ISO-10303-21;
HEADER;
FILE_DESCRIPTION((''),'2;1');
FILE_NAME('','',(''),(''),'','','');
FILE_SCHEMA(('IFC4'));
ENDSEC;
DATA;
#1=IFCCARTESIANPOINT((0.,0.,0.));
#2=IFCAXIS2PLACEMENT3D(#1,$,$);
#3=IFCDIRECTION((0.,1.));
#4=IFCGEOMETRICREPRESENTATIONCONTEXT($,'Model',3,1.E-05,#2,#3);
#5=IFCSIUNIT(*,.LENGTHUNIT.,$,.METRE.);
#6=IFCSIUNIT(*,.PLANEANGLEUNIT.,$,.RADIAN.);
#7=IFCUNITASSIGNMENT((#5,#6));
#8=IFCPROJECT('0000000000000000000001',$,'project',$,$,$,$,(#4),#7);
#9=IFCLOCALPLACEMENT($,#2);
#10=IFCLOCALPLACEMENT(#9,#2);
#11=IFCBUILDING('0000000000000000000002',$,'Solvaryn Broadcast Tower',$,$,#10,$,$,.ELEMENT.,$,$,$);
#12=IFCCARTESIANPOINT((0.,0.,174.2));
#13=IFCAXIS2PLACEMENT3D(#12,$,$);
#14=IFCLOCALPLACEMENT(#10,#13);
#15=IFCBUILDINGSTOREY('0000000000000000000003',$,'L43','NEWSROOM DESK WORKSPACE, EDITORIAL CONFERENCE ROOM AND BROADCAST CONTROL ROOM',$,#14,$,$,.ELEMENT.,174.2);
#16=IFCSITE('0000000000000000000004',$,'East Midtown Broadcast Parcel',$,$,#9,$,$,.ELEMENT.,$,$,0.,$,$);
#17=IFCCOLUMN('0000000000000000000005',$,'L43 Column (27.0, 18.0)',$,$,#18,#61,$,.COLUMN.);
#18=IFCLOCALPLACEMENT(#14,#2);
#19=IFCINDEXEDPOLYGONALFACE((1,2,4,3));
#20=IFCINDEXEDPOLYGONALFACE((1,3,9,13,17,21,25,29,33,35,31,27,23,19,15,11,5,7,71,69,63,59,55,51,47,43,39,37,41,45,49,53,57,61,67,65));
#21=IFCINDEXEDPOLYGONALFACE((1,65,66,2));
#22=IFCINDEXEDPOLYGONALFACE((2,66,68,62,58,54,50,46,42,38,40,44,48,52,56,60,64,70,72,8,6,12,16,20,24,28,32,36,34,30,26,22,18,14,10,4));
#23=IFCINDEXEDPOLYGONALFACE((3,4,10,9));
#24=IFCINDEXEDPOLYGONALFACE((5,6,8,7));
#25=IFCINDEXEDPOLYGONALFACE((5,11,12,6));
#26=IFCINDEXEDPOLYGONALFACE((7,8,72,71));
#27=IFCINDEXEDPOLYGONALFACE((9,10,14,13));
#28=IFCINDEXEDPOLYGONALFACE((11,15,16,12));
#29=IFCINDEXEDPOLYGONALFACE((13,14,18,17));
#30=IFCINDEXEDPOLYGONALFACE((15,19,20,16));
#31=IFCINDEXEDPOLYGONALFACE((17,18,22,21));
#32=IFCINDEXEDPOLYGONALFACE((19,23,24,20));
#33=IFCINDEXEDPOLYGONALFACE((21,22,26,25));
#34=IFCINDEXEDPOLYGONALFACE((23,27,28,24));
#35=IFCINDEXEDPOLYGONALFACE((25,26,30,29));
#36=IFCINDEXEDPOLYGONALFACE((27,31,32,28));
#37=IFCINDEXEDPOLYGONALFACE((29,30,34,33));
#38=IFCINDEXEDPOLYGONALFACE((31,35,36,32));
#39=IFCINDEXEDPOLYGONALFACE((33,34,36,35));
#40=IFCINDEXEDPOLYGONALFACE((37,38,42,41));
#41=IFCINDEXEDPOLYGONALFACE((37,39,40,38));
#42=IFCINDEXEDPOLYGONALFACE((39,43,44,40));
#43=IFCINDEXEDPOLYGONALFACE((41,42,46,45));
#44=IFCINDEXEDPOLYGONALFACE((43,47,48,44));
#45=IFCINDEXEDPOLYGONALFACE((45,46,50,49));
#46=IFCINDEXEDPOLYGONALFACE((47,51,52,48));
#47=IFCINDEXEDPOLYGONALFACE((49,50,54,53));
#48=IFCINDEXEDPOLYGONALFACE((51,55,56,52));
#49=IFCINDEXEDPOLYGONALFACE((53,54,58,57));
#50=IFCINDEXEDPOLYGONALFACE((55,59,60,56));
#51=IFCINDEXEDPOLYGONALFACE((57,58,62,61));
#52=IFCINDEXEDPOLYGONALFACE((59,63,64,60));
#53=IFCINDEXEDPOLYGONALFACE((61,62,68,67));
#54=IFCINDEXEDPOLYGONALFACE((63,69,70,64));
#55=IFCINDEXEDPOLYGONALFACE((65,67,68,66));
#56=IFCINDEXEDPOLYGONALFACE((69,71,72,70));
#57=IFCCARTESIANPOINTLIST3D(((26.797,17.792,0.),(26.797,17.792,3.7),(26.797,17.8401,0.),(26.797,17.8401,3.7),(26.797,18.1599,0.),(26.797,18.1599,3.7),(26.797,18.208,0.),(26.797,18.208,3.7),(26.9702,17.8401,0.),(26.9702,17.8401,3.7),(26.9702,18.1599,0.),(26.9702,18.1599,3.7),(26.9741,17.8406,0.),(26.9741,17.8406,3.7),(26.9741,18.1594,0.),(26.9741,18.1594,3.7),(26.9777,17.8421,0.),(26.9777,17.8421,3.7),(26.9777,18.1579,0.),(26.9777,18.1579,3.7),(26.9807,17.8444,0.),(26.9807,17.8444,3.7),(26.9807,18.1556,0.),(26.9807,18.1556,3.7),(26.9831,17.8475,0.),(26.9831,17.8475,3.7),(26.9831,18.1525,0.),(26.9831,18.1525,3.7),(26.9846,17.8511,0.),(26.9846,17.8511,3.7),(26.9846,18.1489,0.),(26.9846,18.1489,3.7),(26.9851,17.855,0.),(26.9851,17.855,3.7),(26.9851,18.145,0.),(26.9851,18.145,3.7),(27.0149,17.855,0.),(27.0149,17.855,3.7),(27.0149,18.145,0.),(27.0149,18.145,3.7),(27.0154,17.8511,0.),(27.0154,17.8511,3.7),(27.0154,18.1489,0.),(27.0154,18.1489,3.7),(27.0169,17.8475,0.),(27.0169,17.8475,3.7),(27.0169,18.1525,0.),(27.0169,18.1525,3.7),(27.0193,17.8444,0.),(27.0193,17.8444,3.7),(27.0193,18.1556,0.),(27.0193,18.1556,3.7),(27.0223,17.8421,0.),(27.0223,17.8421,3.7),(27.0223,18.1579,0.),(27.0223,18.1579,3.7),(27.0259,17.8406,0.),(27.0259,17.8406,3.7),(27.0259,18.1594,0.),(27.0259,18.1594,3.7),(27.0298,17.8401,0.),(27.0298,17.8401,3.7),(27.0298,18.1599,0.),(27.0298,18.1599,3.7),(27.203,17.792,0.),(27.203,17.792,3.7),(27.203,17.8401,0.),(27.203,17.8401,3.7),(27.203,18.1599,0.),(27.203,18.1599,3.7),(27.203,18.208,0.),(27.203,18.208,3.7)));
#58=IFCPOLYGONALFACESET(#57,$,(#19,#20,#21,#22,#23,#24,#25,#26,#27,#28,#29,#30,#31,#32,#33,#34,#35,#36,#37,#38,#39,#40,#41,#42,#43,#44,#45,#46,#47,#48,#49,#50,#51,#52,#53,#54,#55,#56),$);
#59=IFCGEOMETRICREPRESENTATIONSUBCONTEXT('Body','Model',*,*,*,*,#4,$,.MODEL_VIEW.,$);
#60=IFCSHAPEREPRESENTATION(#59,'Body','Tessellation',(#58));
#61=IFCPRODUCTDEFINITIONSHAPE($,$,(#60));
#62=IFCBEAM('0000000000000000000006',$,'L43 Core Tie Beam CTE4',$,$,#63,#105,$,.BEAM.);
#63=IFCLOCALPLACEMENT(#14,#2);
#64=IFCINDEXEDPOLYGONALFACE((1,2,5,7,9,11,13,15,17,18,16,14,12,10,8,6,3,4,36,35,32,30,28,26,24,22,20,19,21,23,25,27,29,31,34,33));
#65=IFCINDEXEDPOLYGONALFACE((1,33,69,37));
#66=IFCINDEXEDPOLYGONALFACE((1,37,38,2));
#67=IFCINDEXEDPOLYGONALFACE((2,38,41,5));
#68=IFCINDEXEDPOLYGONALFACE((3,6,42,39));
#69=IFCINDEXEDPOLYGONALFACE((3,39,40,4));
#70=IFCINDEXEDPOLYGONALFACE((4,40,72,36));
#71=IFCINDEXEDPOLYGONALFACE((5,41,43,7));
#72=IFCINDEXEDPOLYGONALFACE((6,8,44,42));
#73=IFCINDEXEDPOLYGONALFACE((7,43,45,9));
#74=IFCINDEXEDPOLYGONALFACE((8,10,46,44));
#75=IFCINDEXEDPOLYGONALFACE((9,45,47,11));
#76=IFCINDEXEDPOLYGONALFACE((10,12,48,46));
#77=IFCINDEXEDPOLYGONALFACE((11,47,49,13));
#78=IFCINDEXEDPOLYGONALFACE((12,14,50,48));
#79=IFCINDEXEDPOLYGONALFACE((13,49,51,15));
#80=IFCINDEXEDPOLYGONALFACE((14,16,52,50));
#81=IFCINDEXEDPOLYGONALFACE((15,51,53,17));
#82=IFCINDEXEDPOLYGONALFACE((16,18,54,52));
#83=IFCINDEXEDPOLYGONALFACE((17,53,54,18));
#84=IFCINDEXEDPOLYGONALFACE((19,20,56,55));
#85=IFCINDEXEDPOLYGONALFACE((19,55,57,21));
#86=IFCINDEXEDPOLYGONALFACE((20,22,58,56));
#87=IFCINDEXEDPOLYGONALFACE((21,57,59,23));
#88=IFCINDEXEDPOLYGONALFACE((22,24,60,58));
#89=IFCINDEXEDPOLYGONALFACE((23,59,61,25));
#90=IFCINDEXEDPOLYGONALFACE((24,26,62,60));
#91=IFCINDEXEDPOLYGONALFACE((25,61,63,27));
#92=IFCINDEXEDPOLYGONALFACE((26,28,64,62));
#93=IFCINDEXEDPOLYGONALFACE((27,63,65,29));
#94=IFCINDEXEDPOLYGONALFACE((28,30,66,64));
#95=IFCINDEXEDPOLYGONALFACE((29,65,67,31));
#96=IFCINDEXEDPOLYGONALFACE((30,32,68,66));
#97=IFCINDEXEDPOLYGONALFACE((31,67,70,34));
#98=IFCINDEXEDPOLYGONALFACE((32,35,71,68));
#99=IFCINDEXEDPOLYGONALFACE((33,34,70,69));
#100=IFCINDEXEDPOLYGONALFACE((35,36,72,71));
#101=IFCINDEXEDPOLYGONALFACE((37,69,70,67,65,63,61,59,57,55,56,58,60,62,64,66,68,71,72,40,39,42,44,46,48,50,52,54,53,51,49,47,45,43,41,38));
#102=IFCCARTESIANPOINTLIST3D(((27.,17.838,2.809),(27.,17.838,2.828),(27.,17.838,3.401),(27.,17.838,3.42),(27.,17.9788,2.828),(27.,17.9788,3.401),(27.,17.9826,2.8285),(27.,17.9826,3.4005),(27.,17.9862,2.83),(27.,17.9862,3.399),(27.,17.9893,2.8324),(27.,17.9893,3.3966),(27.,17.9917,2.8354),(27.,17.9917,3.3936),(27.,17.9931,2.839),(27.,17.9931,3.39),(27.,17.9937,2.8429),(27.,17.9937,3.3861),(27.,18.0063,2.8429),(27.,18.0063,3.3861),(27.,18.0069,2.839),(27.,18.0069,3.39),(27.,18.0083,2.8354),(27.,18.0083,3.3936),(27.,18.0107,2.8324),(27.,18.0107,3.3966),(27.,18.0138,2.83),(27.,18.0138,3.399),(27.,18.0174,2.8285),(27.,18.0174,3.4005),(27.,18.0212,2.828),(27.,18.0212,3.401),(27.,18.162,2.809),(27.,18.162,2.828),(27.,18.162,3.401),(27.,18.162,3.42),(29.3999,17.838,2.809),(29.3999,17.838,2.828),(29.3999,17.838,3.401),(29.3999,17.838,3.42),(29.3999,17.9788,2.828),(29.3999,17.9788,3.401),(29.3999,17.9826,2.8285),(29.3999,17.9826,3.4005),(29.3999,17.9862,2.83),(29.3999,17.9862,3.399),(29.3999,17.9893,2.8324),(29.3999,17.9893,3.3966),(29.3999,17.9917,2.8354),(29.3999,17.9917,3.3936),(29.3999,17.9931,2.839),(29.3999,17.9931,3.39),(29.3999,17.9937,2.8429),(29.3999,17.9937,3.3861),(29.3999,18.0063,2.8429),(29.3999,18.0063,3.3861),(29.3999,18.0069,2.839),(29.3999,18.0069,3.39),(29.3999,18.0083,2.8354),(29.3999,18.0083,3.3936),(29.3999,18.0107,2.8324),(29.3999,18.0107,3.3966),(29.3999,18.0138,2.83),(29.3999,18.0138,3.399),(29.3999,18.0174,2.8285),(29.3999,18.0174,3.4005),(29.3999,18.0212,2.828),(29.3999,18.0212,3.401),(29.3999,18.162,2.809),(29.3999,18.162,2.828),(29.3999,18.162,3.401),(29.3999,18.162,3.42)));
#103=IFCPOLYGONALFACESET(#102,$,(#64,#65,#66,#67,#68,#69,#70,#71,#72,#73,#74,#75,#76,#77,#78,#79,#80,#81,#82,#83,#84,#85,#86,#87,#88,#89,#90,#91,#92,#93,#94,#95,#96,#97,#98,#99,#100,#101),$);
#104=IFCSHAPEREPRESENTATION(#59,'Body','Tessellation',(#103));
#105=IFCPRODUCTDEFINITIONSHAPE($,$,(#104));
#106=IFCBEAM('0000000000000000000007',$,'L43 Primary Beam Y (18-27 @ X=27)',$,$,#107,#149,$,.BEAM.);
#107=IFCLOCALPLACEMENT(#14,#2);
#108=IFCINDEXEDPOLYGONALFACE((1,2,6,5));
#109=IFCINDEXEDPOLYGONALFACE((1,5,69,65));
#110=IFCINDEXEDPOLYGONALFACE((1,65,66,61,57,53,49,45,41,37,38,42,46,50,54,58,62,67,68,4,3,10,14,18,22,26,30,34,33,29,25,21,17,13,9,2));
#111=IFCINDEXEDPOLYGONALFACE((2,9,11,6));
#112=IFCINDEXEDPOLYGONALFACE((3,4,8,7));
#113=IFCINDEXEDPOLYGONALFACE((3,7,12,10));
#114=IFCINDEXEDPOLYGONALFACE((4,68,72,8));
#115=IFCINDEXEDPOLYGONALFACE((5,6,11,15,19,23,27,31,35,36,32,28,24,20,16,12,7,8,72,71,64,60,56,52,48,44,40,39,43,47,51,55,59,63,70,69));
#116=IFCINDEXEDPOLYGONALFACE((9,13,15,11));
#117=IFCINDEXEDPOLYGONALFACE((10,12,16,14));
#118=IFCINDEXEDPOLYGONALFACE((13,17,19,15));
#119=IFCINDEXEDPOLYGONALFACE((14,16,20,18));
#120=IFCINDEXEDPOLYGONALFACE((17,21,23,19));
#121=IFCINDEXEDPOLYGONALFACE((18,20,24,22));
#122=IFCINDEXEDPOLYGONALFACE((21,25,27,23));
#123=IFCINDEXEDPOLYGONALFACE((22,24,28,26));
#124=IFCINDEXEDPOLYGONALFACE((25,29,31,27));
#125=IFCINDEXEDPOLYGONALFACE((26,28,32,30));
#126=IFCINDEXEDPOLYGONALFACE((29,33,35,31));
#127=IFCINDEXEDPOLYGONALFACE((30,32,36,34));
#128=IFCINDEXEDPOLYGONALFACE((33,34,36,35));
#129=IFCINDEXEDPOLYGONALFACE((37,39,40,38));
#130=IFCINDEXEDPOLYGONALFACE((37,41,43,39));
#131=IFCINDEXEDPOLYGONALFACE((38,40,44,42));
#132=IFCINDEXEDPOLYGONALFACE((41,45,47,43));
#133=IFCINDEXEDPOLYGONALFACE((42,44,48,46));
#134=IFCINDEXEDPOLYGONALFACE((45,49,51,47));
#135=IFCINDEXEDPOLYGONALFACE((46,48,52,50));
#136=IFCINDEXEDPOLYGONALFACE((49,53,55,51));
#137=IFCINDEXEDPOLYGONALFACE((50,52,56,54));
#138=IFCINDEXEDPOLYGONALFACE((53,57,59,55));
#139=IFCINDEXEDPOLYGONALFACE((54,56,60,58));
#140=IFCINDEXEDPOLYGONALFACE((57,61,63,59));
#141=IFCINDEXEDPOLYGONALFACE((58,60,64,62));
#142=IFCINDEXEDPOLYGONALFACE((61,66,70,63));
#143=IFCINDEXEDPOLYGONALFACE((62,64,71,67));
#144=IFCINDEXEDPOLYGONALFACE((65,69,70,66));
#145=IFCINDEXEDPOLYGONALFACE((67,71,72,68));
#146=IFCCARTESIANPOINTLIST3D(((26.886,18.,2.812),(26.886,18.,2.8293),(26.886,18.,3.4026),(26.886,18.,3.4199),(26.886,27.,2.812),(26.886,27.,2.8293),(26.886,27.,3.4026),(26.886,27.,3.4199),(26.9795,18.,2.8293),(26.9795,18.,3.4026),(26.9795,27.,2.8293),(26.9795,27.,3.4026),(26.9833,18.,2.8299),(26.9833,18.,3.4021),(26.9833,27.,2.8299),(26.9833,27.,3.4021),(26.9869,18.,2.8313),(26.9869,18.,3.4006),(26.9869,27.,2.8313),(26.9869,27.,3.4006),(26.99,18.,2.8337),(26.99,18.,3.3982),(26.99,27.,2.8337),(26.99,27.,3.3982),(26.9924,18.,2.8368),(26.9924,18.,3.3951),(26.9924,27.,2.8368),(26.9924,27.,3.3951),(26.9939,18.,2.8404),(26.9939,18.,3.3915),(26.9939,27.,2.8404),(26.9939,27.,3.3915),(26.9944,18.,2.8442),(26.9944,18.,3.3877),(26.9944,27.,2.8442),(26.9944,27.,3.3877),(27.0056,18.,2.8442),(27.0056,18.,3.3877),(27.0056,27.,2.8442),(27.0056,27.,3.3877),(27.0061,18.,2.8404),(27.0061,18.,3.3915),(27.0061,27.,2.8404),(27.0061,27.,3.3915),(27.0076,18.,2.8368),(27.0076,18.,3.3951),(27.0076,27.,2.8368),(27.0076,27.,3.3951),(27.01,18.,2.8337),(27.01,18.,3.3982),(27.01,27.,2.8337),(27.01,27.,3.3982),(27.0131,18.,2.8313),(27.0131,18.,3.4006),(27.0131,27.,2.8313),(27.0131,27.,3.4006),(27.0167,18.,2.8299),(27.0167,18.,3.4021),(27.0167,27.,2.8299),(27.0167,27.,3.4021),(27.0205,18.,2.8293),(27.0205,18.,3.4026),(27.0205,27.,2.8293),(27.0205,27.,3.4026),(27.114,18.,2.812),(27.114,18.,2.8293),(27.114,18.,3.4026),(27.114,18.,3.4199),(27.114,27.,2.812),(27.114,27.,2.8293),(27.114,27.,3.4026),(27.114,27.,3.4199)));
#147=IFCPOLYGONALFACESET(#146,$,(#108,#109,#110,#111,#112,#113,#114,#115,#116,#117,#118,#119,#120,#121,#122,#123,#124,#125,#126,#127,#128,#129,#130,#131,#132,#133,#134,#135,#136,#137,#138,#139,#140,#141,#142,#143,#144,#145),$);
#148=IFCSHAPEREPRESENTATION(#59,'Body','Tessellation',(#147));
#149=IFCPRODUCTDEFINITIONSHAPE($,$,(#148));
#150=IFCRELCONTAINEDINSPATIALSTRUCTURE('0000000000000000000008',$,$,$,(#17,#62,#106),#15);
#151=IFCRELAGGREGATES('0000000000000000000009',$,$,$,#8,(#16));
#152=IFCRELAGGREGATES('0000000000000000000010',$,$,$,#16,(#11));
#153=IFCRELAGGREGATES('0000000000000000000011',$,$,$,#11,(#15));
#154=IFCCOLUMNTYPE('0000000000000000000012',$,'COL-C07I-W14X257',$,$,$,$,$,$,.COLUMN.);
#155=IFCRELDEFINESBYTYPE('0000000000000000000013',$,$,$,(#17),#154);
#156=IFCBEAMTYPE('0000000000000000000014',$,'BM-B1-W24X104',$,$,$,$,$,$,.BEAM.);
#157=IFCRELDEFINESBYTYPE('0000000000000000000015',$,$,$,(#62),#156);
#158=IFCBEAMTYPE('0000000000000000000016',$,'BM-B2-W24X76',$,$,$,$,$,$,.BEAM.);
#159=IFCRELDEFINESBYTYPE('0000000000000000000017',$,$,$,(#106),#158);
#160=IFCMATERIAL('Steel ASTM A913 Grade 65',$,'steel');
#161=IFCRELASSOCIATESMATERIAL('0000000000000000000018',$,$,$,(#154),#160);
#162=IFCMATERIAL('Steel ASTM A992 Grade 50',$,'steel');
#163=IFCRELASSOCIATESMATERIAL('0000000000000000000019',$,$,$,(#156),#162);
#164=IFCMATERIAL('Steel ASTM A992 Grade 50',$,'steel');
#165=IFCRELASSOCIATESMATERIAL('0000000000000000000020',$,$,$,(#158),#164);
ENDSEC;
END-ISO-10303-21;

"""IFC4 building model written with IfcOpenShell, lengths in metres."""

from ifc_helpers import new_model, si_unit, direction, frame, origin, origin_2d, place, context, subcontext, project, spatial, i_section, extrude, material, material_profile, profile_set, type_object, element, save


model = new_model("IFC4")

# Units and contexts
model_context = context("Model", 3, precision=1e-05, world=origin(), true_north=direction((0.0, 1.0)))
body_context = subcontext(model_context, "Body", "Model", "MODEL_VIEW")
ifc_project = project(units=[si_unit("LENGTHUNIT", "METRE"), si_unit("PLANEANGLEUNIT", "RADIAN")], contexts=[model_context])

# Site, building, storey
site_placement = place(None, origin())
site = spatial("IfcSite", under=ifc_project, at=site_placement, Name="East Midtown Broadcast Parcel", CompositionType="ELEMENT", RefElevation=0.0)
building_placement = place(site_placement, origin())
building = spatial("IfcBuilding", under=site, at=building_placement, Name="Solvaryn Broadcast Tower", CompositionType="ELEMENT")
storey_placement = place(building_placement, frame((0.0, 0.0, 174.2)))
storey = spatial("IfcBuildingStorey", under=building, at=storey_placement, Name="L43", Description="NEWSROOM DESK WORKSPACE, EDITORIAL CONFERENCE ROOM AND BROADCAST CONTROL ROOM", CompositionType="ELEMENT", Elevation=174.2)

# Column
ifc_material_1 = material(Name="Steel ASTM A913 Grade 65", Category="steel")
ifc_material_profile_1 = material_profile(ifc_material_1, i_section(OverallWidth=0.406, OverallDepth=0.416, WebThickness=0.0298, FlangeThickness=0.0481, FilletRadius=0.0149, at=origin_2d()))
ifc_profile_set_1 = profile_set([ifc_material_profile_1], Name="Steel ASTM A913 Grade 65")
column_type = type_object("IfcColumnType", Name="COL-C07I-W14X257", PredefinedType="COLUMN", material=ifc_profile_set_1)
column_placement = place(storey_placement, frame((27.0, 18.0, 0.0), z_axis=(0.0, 0.0, 1.0), x_axis=(1.0, 0.0, 0.0)))
element("IfcColumn", 1, at=column_placement, inside=storey, type_object=column_type, Name="L43 Column (27.0, 18.0)", PredefinedType="COLUMN", context=body_context, shape_type="SweptSolid", body=[
    extrude(i_section(OverallWidth=0.406, OverallDepth=0.416, WebThickness=0.0298, FlangeThickness=0.0481, FilletRadius=0.0149, at=origin_2d()), origin(), (0.0, 0.0, 1.0), 3.7),
])

# Beams
ifc_material_2 = material(Name="Steel ASTM A992 Grade 50", Category="steel")
ifc_material_profile_2 = material_profile(ifc_material_2, i_section(OverallWidth=0.324, OverallDepth=0.6111, WebThickness=0.0127, FlangeThickness=0.019, FilletRadius=0.0149, at=origin_2d()))
ifc_profile_set_2 = profile_set([ifc_material_profile_2], Name="Steel ASTM A992 Grade 50")
beam_type_1 = type_object("IfcBeamType", Name="BM-B1-W24X104", PredefinedType="BEAM", material=ifc_profile_set_2)
beam_1_placement = place(storey_placement, frame((27.0, 18.0, 3.1145), z_axis=(1.0, 0.0, 0.0), x_axis=(0.0, 1.0, 0.0)))
element("IfcBeam", 2, at=beam_1_placement, inside=storey, type_object=beam_type_1, Name="L43 Core Tie Beam CTE4", PredefinedType="BEAM", context=body_context, shape_type="SweptSolid", body=[
    extrude(i_section(OverallWidth=0.324, OverallDepth=0.6111, WebThickness=0.0127, FlangeThickness=0.019, FilletRadius=0.0149, at=origin_2d()), origin(), (0.0, 0.0, 1.0), 2.3999),
])
ifc_material_3 = material(Name="Steel ASTM A992 Grade 50", Category="steel")
ifc_material_profile_3 = material_profile(ifc_material_3, i_section(OverallWidth=0.228, OverallDepth=0.6079, WebThickness=0.0112, FlangeThickness=0.0173, FilletRadius=0.0149, at=origin_2d()))
ifc_profile_set_3 = profile_set([ifc_material_profile_3], Name="Steel ASTM A992 Grade 50")
beam_type_2 = type_object("IfcBeamType", Name="BM-B2-W24X76", PredefinedType="BEAM", material=ifc_profile_set_3)
beam_2_placement = place(storey_placement, frame((27.0, 18.0, 3.116), z_axis=(0.0, 1.0, 0.0), x_axis=(-1.0, 0.0, 0.0)))
element("IfcBeam", 3, at=beam_2_placement, inside=storey, type_object=beam_type_2, Name="L43 Primary Beam Y (18-27 @ X=27)", PredefinedType="BEAM", context=body_context, shape_type="SweptSolid", body=[
    extrude(i_section(OverallWidth=0.228, OverallDepth=0.6079, WebThickness=0.0112, FlangeThickness=0.0173, FilletRadius=0.0149, at=origin_2d()), origin(), (0.0, 0.0, 1.0), 9.0),
])

save(model, "model.ifc")
